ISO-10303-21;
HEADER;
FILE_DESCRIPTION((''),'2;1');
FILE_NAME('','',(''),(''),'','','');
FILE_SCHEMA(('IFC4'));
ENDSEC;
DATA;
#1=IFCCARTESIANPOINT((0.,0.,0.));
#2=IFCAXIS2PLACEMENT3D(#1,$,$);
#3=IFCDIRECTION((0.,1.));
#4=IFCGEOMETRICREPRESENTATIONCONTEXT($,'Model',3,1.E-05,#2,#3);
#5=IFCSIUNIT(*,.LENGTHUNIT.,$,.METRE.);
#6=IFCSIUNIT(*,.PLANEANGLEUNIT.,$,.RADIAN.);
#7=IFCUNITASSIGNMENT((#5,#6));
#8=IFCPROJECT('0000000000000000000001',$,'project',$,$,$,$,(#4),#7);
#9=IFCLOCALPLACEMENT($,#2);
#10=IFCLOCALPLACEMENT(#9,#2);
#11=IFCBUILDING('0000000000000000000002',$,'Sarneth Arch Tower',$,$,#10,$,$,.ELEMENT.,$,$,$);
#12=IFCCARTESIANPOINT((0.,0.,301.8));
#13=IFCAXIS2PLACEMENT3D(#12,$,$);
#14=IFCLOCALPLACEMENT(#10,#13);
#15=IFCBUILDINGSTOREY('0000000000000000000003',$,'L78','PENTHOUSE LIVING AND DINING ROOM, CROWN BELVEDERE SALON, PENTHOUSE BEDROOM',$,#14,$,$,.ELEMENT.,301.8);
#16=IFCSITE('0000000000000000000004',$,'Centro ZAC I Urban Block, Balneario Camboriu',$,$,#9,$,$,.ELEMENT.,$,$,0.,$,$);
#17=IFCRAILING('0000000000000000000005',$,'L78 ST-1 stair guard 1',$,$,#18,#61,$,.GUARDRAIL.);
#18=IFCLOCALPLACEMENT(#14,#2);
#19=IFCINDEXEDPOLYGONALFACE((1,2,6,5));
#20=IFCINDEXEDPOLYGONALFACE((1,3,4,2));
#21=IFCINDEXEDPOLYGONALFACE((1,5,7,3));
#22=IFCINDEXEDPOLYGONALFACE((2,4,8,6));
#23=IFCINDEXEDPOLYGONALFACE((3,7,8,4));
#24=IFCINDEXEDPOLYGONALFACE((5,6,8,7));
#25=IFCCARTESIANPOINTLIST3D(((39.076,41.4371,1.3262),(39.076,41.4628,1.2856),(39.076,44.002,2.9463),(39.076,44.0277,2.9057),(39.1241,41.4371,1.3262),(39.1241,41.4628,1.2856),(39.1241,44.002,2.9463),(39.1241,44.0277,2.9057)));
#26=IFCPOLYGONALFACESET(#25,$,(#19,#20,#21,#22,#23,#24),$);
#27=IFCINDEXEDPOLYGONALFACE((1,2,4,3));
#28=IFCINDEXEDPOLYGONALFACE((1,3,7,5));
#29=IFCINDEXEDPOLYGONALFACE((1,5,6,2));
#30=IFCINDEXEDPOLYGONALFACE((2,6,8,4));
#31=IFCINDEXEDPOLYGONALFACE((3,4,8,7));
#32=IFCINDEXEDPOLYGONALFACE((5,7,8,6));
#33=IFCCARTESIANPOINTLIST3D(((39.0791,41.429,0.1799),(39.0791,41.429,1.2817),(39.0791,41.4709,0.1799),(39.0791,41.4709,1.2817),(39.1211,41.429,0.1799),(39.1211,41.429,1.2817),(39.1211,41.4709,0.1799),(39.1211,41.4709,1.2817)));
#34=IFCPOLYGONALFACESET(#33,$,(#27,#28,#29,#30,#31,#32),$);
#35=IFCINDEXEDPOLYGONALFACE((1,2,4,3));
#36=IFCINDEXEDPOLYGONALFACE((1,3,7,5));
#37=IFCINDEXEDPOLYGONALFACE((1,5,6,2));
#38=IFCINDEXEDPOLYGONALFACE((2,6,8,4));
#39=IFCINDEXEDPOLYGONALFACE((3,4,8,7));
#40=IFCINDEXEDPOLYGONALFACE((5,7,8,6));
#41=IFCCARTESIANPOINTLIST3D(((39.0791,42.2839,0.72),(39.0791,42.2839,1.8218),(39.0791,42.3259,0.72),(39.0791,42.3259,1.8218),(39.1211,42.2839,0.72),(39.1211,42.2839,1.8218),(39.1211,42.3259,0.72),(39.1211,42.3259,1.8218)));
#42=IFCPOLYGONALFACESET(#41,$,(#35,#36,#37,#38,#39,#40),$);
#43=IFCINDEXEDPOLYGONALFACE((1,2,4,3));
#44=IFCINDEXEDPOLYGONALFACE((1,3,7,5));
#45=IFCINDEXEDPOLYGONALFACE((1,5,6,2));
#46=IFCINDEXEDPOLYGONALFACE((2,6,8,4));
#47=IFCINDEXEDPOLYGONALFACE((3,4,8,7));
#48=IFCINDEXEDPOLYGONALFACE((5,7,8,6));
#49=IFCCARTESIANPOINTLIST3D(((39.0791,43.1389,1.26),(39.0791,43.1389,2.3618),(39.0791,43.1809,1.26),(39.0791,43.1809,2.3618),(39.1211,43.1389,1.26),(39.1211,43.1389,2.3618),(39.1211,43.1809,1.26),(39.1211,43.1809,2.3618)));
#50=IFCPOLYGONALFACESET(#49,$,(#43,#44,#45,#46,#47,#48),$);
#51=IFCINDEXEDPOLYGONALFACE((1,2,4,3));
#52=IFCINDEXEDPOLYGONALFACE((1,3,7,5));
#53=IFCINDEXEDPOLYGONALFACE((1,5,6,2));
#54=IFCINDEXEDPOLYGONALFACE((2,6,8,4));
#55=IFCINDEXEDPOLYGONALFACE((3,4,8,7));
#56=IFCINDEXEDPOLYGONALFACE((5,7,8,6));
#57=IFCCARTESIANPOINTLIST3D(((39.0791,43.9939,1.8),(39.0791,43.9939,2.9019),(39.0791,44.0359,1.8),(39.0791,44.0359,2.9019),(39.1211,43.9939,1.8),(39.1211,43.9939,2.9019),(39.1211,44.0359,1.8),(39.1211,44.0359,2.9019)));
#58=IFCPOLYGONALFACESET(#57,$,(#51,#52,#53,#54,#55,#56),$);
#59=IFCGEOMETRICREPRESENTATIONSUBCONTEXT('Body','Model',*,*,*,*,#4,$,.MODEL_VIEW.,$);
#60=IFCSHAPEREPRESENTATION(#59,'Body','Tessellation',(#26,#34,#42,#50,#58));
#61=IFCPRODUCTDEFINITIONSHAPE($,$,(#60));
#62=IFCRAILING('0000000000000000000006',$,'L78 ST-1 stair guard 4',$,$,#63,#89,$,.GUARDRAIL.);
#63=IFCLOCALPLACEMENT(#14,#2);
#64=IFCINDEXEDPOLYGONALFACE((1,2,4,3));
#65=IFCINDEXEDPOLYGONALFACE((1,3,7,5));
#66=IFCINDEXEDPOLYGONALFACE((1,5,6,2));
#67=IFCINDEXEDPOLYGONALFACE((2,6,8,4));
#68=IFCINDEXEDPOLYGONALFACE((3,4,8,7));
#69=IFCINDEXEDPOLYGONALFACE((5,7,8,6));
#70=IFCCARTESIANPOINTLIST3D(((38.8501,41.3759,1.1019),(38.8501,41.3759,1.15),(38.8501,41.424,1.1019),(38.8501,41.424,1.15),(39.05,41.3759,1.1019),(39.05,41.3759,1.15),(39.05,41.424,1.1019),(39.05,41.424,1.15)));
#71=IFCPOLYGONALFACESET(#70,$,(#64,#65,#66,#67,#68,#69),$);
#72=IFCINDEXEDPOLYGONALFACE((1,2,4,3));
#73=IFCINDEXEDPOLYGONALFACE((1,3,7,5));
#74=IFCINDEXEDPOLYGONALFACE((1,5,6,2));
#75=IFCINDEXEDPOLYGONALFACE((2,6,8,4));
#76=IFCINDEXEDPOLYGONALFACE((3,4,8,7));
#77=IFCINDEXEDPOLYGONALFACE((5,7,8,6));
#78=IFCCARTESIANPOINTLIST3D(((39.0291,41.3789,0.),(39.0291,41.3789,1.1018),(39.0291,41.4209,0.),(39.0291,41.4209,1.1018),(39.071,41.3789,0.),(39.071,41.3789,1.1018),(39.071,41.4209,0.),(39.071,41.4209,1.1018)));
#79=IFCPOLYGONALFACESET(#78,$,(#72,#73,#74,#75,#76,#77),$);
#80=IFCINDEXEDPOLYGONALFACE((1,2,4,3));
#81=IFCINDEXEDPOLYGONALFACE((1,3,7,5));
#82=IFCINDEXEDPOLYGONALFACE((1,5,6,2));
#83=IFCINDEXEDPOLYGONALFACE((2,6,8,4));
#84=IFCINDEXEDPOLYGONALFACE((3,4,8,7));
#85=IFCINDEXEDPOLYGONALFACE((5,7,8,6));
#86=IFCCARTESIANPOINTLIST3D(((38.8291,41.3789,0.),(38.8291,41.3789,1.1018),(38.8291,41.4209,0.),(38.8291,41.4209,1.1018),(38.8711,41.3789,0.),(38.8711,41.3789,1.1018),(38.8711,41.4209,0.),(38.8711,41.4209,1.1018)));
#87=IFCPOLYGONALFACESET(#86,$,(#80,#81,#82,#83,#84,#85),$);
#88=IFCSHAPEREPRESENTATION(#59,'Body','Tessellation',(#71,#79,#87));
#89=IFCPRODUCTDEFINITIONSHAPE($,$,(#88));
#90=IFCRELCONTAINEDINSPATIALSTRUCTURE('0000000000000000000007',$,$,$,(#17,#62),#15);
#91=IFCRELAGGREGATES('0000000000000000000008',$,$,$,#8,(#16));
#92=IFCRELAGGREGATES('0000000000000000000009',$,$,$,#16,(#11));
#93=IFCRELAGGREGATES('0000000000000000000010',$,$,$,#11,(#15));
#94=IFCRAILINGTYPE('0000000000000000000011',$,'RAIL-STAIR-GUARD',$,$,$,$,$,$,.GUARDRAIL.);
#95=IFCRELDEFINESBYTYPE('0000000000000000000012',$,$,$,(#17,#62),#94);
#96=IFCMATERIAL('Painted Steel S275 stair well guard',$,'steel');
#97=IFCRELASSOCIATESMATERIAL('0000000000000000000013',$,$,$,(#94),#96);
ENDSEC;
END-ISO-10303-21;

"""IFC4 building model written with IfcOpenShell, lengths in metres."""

from ifc_helpers import new_model, si_unit, direction, frame, origin, origin_2d, place, context, subcontext, project, spatial, rectangle, extrude, material, type_object, element, save


model = new_model("IFC4")

# Units and contexts
model_context = context("Model", 3, precision=1e-05, world=origin(), true_north=direction((0.0, 1.0)))
body_context = subcontext(model_context, "Body", "Model", "MODEL_VIEW")
ifc_project = project(units=[si_unit("LENGTHUNIT", "METRE"), si_unit("PLANEANGLEUNIT", "RADIAN")], contexts=[model_context])

# Site, building, storey
site_placement = place(None, origin())
site = spatial("IfcSite", under=ifc_project, at=site_placement, Name="Centro ZAC I Urban Block, Balneario Camboriu", CompositionType="ELEMENT", RefElevation=0.0)
building_placement = place(site_placement, origin())
building = spatial("IfcBuilding", under=site, at=building_placement, Name="Sarneth Arch Tower", CompositionType="ELEMENT")
storey_placement = place(building_placement, frame((0.0, 0.0, 301.8)))
storey = spatial("IfcBuildingStorey", under=building, at=storey_placement, Name="L78", Description="PENTHOUSE LIVING AND DINING ROOM, CROWN BELVEDERE SALON, PENTHOUSE BEDROOM", CompositionType="ELEMENT", Elevation=301.8)

# Railings
ifc_material_1 = material(Name="Painted Steel S275 stair well guard", Category="steel")
railing_type_1 = type_object("IfcRailingType", Name="RAIL-STAIR-GUARD", PredefinedType="GUARDRAIL", material=ifc_material_1)
railing_1_placement = place(storey_placement, frame((39.1001, 41.45, 0.1799)))
element("IfcRailing", 1, at=railing_1_placement, inside=storey, type_object=railing_type_1, Name="L78 ST-1 stair guard 1", PredefinedType="GUARDRAIL", context=body_context, shape_type="SweptSolid", body=[
    extrude(rectangle(XDim=0.0481, YDim=0.0481, at=origin_2d()), frame((0.0, 0.0, 1.126), z_axis=(0.0, 0.845466, 0.534029), x_axis=(-1.0, 0.0, 0.0)), (0.0, 0.0, 1.0), 3.0337),
    extrude(rectangle(XDim=0.042, YDim=0.042, at=origin_2d()), origin(), (0.0, 0.0, 1.0), 1.1018),
    extrude(rectangle(XDim=0.042, YDim=0.042, at=origin_2d()), frame((0.0, 0.855, 0.54)), (0.0, 0.0, 1.0), 1.1018),
    extrude(rectangle(XDim=0.042, YDim=0.042, at=origin_2d()), frame((0.0, 1.71, 1.0801)), (0.0, 0.0, 1.0), 1.1018),
    extrude(rectangle(XDim=0.042, YDim=0.042, at=origin_2d()), frame((0.0, 2.5649, 1.6201)), (0.0, 0.0, 1.0), 1.1018),
])
railing_2_placement = place(storey_placement, frame((39.05, 41.3999, 0.0)))
element("IfcRailing", 2, at=railing_2_placement, inside=storey, type_object=railing_type_1, Name="L78 ST-1 stair guard 4", PredefinedType="GUARDRAIL", context=body_context, shape_type="SweptSolid", body=[
    extrude(rectangle(XDim=0.0481, YDim=0.0481, at=origin_2d()), frame((0.0, 0.0, 1.126), z_axis=(-1.0, 0.0, 0.0), x_axis=(0.0, -1.0, 0.0)), (0.0, 0.0, 1.0), 0.2),
    extrude(rectangle(XDim=0.042, YDim=0.042, at=origin_2d()), origin(), (0.0, 0.0, 1.0), 1.1018),
    extrude(rectangle(XDim=0.042, YDim=0.042, at=origin_2d()), frame((-0.2, 0.0, 0.0)), (0.0, 0.0, 1.0), 1.1018),
])

save(model, "model.ifc")
